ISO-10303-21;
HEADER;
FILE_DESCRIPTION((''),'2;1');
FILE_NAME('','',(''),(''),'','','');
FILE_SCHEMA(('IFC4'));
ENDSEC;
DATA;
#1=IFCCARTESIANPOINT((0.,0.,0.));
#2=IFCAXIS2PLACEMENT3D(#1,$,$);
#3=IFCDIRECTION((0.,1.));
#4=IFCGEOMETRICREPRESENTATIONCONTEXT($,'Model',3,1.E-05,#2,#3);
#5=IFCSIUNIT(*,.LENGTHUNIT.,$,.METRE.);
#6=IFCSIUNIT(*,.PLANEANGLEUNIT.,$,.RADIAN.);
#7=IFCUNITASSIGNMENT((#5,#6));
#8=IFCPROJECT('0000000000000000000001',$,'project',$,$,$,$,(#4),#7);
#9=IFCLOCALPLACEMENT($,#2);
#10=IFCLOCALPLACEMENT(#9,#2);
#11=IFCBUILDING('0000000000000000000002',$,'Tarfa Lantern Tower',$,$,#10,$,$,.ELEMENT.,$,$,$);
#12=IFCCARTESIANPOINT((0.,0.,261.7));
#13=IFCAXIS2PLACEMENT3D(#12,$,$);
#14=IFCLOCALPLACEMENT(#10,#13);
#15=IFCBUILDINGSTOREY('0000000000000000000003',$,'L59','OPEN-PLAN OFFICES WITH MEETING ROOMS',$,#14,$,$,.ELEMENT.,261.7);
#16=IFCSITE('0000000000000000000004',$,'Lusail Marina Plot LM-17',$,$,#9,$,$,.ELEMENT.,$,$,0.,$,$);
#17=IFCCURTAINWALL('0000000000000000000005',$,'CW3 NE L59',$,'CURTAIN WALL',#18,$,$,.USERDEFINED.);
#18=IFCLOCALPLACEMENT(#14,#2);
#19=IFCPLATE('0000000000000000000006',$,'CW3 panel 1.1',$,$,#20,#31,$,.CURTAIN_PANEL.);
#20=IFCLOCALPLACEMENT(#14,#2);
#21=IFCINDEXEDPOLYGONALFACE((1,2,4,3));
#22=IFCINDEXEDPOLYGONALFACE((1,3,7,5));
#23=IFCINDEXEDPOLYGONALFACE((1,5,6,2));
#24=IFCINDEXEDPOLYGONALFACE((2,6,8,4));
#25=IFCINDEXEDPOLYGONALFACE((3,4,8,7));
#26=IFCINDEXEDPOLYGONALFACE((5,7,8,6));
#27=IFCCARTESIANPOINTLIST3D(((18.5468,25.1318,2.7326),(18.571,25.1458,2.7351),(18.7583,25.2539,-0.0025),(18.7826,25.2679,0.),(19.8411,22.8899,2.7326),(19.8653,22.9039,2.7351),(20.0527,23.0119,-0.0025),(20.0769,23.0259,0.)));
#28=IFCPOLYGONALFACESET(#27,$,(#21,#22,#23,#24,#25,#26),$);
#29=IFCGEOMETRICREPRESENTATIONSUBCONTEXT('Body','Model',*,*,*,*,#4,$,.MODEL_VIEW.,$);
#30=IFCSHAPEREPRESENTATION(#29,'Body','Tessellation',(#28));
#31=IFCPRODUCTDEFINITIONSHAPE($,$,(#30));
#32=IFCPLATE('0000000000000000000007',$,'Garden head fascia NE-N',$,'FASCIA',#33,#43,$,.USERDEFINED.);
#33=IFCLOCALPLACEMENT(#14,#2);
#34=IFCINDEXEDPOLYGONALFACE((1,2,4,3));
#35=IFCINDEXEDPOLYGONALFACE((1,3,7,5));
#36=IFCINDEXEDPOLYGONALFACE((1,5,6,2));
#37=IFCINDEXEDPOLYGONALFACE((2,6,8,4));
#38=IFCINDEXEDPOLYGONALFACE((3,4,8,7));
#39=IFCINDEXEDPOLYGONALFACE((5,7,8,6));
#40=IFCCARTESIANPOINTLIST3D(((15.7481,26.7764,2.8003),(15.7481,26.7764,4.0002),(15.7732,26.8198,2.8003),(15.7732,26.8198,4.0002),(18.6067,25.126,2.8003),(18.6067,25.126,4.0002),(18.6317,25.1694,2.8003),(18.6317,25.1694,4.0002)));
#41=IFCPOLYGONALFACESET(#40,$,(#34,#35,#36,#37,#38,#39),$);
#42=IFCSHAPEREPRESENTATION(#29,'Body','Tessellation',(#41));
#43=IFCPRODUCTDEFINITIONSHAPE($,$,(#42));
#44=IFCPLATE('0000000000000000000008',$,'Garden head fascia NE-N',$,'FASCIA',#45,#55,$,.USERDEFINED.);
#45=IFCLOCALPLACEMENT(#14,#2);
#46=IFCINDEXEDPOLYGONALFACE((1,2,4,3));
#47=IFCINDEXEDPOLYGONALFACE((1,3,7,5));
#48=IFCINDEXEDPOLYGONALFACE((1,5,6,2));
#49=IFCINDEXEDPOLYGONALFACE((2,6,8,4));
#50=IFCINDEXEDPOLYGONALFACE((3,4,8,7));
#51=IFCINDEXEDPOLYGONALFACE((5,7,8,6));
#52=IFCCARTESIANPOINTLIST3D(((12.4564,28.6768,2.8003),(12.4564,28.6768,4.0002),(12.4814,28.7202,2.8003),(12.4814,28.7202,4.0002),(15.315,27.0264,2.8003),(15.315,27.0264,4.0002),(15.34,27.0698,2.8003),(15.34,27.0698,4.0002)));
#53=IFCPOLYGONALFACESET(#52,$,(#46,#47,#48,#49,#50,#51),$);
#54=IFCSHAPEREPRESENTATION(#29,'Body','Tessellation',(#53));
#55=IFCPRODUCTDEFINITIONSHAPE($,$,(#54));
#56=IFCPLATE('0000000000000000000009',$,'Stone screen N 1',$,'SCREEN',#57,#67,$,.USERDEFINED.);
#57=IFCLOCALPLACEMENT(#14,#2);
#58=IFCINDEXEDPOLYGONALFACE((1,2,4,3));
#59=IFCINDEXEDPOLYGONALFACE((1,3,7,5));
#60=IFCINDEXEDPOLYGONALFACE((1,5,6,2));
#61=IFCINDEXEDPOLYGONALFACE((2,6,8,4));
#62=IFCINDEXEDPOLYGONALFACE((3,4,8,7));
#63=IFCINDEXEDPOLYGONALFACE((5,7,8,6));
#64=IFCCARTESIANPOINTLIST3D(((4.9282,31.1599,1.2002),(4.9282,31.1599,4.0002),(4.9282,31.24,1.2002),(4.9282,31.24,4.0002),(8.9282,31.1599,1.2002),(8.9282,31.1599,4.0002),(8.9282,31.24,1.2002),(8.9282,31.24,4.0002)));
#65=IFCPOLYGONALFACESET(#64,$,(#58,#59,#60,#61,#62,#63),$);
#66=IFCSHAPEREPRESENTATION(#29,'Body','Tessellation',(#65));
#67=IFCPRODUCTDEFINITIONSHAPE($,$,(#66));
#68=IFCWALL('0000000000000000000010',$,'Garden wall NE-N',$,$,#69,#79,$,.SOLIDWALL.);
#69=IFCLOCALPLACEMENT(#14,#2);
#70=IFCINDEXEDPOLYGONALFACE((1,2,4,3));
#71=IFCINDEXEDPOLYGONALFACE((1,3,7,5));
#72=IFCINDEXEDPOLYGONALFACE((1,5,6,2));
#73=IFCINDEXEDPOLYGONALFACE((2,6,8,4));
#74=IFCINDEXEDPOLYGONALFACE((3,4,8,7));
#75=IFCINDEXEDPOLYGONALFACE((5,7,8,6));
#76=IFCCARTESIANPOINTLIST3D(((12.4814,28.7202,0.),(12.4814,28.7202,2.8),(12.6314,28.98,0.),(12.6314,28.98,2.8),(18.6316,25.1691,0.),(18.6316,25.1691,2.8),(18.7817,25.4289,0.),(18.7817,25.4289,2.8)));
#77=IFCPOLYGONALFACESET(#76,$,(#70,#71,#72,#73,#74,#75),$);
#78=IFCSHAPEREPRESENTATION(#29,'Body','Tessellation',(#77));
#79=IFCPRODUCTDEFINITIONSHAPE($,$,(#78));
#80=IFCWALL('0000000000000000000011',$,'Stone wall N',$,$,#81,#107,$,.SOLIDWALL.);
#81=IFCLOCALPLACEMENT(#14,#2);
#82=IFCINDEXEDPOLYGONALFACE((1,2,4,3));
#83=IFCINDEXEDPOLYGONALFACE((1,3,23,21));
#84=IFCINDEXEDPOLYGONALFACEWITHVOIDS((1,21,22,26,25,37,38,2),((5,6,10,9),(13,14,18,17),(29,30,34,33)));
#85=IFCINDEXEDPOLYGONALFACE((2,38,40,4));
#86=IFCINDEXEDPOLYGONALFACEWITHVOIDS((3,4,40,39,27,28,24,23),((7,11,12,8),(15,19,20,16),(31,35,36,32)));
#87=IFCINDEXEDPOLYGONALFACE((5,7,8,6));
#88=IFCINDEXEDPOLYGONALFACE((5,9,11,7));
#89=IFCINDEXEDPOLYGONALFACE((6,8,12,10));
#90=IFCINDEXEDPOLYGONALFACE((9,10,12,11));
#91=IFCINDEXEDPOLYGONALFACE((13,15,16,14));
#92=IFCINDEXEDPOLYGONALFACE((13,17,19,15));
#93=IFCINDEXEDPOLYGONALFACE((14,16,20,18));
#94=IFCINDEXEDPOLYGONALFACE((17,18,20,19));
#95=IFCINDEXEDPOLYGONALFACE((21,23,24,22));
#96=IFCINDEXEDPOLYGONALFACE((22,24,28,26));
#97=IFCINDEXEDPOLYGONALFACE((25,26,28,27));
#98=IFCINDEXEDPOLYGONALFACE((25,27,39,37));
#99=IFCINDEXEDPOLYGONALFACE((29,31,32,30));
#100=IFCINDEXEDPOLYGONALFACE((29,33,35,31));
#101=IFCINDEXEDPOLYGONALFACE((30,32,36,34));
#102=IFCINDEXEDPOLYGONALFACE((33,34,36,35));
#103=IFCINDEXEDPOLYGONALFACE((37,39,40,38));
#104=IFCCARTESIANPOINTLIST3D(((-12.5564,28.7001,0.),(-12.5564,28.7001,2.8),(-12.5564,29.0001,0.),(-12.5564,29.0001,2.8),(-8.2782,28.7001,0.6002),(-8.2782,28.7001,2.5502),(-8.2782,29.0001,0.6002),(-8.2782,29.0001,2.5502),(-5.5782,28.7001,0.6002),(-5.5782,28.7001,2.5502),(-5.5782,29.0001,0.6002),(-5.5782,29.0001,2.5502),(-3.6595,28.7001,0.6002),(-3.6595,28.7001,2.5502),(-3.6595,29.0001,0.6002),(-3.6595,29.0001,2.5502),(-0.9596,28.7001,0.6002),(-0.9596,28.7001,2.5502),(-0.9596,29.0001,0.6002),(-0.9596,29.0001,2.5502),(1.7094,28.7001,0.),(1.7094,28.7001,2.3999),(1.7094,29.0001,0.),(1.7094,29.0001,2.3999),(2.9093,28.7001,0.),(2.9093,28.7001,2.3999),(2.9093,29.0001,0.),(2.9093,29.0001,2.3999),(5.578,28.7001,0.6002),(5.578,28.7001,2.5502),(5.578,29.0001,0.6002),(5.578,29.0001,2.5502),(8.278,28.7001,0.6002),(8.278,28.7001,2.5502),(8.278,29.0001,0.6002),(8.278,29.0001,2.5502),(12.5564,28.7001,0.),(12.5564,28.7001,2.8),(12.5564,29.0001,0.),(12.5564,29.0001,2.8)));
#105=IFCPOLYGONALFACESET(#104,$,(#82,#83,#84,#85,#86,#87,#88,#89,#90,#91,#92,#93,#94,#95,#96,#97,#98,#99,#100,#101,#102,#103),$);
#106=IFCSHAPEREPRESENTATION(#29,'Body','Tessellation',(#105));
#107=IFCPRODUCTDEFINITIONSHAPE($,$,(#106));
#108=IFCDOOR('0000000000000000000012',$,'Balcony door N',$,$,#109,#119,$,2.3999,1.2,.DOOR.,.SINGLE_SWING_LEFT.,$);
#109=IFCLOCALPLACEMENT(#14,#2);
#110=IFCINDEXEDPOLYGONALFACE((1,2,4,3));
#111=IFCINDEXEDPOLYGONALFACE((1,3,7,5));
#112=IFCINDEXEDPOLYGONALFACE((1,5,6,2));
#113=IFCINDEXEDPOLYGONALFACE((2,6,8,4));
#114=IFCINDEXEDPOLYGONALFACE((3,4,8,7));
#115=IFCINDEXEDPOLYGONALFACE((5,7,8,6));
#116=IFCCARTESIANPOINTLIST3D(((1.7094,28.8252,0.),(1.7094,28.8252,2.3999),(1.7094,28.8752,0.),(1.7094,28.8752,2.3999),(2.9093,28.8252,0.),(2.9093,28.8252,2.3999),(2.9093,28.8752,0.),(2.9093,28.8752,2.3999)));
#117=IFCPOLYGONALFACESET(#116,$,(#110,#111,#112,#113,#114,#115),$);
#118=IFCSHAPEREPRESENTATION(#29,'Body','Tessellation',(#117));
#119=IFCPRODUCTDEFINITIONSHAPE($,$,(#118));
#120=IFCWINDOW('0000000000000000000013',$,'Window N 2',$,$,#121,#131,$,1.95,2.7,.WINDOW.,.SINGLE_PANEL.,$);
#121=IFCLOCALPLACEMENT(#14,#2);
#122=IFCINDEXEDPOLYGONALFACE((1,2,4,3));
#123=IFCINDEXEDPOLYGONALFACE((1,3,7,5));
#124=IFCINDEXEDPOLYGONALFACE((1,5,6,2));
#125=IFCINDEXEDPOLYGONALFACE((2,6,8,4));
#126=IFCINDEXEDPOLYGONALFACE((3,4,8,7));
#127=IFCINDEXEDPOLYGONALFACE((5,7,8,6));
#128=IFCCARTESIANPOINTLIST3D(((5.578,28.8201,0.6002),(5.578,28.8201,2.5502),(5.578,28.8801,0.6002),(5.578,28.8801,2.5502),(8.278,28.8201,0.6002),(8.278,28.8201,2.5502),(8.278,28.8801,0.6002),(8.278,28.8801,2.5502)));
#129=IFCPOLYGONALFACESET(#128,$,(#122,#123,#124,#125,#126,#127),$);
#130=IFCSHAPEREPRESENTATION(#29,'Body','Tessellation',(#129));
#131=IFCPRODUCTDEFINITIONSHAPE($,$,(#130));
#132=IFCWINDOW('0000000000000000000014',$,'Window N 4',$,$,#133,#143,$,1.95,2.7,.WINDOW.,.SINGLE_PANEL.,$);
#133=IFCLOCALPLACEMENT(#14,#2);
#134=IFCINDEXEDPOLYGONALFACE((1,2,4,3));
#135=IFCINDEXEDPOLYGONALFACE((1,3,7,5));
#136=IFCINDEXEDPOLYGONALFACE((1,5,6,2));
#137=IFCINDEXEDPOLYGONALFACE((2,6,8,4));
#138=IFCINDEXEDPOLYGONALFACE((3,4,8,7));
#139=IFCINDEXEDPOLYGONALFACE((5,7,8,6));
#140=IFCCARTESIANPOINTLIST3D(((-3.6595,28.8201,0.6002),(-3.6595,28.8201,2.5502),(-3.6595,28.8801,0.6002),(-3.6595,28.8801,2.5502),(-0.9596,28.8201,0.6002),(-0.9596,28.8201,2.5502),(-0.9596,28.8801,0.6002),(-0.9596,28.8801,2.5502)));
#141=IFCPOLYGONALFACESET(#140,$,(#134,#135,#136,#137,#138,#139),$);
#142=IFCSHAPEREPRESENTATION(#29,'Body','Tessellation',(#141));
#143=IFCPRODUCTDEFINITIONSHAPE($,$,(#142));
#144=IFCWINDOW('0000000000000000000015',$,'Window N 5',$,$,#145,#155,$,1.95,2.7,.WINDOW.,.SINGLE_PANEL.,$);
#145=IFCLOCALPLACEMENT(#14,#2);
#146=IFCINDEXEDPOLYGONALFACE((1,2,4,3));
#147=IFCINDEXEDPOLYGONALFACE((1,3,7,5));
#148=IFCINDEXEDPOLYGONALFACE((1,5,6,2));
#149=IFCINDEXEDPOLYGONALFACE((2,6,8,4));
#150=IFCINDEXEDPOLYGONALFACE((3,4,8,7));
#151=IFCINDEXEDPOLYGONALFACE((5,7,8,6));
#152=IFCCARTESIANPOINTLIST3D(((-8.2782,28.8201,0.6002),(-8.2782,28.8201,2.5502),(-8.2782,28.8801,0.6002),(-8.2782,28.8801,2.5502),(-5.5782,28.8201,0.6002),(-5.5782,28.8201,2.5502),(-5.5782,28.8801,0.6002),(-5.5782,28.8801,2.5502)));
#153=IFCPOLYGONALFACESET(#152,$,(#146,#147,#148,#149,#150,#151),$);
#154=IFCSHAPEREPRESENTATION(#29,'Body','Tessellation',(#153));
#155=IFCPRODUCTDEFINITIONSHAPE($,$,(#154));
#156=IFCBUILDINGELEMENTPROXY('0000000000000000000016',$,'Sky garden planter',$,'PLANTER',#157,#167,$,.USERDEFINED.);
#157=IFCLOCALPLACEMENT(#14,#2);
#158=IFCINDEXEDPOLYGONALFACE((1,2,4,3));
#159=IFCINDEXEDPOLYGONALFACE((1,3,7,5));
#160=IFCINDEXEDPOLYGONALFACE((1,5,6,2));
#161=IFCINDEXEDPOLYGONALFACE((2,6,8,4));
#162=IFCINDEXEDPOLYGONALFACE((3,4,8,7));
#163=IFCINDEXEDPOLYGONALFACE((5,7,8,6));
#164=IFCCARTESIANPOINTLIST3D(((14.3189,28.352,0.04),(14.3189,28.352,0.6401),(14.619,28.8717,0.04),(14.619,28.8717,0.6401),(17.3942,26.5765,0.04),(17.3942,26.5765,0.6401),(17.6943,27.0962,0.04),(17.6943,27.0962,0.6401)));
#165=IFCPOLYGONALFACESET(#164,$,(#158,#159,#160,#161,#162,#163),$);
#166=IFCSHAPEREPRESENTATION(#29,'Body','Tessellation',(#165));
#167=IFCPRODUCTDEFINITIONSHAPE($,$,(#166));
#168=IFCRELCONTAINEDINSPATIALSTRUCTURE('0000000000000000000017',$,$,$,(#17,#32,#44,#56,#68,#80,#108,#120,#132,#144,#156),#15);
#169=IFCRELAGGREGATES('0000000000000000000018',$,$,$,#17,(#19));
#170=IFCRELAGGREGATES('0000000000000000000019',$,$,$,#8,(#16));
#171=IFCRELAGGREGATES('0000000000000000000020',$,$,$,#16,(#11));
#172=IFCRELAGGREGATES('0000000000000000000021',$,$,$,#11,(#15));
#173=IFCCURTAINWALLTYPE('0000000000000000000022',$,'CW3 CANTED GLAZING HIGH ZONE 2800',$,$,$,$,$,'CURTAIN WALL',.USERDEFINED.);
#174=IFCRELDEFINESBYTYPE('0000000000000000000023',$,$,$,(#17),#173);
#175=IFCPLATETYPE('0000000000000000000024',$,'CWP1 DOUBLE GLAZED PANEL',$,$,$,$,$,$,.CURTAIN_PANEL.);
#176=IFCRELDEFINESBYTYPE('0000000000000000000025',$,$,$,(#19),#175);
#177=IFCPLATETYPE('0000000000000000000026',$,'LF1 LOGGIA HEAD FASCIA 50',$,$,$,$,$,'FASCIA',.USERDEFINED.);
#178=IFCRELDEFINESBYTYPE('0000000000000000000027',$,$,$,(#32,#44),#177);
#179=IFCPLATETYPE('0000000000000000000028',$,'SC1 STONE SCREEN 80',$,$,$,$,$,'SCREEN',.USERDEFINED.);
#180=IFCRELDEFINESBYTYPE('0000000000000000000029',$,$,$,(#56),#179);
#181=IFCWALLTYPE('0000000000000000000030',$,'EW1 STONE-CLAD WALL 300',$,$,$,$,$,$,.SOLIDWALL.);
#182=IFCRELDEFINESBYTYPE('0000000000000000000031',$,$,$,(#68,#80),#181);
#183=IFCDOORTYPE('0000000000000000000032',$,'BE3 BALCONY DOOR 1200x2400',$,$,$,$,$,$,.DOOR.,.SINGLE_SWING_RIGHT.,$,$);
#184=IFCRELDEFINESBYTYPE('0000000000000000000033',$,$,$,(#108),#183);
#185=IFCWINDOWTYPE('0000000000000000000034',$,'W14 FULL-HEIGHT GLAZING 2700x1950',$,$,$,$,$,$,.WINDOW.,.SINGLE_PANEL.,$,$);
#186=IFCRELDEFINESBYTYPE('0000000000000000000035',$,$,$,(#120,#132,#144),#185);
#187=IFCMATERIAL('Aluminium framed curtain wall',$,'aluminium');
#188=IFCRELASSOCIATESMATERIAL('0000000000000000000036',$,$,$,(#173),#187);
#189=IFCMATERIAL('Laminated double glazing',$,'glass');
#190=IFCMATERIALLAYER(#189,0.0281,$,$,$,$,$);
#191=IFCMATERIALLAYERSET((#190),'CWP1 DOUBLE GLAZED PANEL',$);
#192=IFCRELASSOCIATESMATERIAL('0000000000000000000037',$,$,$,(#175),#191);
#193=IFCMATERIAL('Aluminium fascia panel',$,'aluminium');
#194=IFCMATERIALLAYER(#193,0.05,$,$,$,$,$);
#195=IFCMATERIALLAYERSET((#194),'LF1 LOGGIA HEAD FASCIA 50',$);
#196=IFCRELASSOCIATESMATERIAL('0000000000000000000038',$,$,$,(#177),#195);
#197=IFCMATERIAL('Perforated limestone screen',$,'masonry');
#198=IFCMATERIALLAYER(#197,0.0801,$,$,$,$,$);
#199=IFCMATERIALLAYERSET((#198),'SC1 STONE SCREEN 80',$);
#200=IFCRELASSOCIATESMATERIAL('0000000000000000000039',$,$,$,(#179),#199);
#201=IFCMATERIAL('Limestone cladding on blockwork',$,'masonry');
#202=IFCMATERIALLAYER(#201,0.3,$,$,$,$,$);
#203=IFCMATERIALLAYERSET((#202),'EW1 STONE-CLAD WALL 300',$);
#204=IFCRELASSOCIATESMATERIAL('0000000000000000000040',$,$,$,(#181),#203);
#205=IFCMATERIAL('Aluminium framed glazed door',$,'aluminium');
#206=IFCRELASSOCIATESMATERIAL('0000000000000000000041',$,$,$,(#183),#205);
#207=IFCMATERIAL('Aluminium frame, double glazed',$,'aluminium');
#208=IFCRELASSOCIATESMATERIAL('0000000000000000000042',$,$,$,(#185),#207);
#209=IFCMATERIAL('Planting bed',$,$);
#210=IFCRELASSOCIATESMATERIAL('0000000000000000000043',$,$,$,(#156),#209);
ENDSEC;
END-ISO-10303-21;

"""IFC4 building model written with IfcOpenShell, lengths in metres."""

from ifc_helpers import new_model, si_unit, direction, frame, frame_2d, origin, origin_2d, place, context, subcontext, project, spatial, polyline, rectangle, outline, extrude, material, layer, layer_set, type_object, element, fill, aggregate, save


model = new_model("IFC4")

# Units and contexts
model_context = context("Model", 3, precision=1e-05, world=origin(), true_north=direction((0.0, 1.0)))
body_context = subcontext(model_context, "Body", "Model", "MODEL_VIEW")
ifc_project = project(units=[si_unit("LENGTHUNIT", "METRE"), si_unit("PLANEANGLEUNIT", "RADIAN")], contexts=[model_context])

# Site, building, storey
site_placement = place(None, origin())
site = spatial("IfcSite", under=ifc_project, at=site_placement, Name="Lusail Marina Plot LM-17", CompositionType="ELEMENT", RefElevation=0.0)
building_placement = place(site_placement, origin())
building = spatial("IfcBuilding", under=site, at=building_placement, Name="Tarfa Lantern Tower", CompositionType="ELEMENT")
storey_placement = place(building_placement, frame((0.0, 0.0, 261.7)))
storey = spatial("IfcBuildingStorey", under=building, at=storey_placement, Name="L59", Description="OPEN-PLAN OFFICES WITH MEETING ROOMS", CompositionType="ELEMENT", Elevation=261.7)

# Curtain wall
ifc_material_1 = material(Name="Aluminium framed curtain wall", Category="aluminium")
curtain_wall_type = type_object("IfcCurtainWallType", Name="CW3 CANTED GLAZING HIGH ZONE 2800", ElementType="CURTAIN WALL", PredefinedType="USERDEFINED", material=ifc_material_1)
curtain_wall_placement = place(storey_placement, origin())
curtain_wall = element("IfcCurtainWall", 1, at=curtain_wall_placement, inside=storey, type_object=curtain_wall_type, Name="CW3 NE L59", ObjectType="CURTAIN WALL", PredefinedType="USERDEFINED")

# Plate
ifc_material_2 = material(Name="Laminated double glazing", Category="glass")
ifc_layer_1 = layer(ifc_material_2, 0.0281)
ifc_layer_set_1 = layer_set([ifc_layer_1], Name="CWP1 DOUBLE GLAZED PANEL")
plate_type_1 = type_object("IfcPlateType", Name="CWP1 DOUBLE GLAZED PANEL", PredefinedType="CURTAIN_PANEL", material=ifc_layer_set_1)
plate_1_placement = place(storey_placement, frame((20.0769, 23.0259, 0.0), z_axis=(0.862605, 0.497997, 0.088945), x_axis=(-0.499979, 0.866038, 0.000004)))
plate_1 = element("IfcPlate", 2, at=plate_1_placement, type_object=plate_type_1, Name="CW3 panel 1.1", PredefinedType="CURTAIN_PANEL", context=body_context, shape_type="SweptSolid", body=[
    extrude(outline(polyline([(0.0, 0.0), (2.5888, 0.0), (2.5888, 2.746), (0.0001, 2.746), (0.0, 0.0)])), origin(), (0.0, 0.0, -1.0), 0.0281),
])
aggregate(curtain_wall, [plate_1])

# Plates
ifc_material_3 = material(Name="Aluminium fascia panel", Category="aluminium")
ifc_layer_2 = layer(ifc_material_3, 0.05)
ifc_layer_set_2 = layer_set([ifc_layer_2], Name="LF1 LOGGIA HEAD FASCIA 50")
plate_type_2 = type_object("IfcPlateType", Name="LF1 LOGGIA HEAD FASCIA 50", ElementType="FASCIA", PredefinedType="USERDEFINED", material=ifc_layer_set_2)
for number, where, z_axis, x_axis, name in (
    (3, (17.1899, 25.9729, 2.8003), (0.0, 0.0, 1.0), (-0.866025, 0.5, 0.0), "Garden head fascia NE-N"),
    (4, (13.8982, 27.8733, 2.8003), (0.0, 0.0, 1.0), (-0.866025, 0.5, 0.0), "Garden head fascia NE-N"),
):
    element("IfcPlate", number, at=place(storey_placement, frame(where, z_axis=z_axis, x_axis=x_axis)), inside=storey, type_object=plate_type_2, Name=name, ObjectType="FASCIA", PredefinedType="USERDEFINED", context=body_context, shape_type="SweptSolid", body=[
        extrude(rectangle(XDim=3.3008, YDim=0.05, at=origin_2d()), origin(), (0.0, 0.0, 1.0), 1.2),
    ])
ifc_material_4 = material(Name="Perforated limestone screen", Category="masonry")
ifc_layer_3 = layer(ifc_material_4, 0.0801)
ifc_layer_set_3 = layer_set([ifc_layer_3], Name="SC1 STONE SCREEN 80")
plate_type_3 = type_object("IfcPlateType", Name="SC1 STONE SCREEN 80", ElementType="SCREEN", PredefinedType="USERDEFINED", material=ifc_layer_set_3)
plate_2_placement = place(storey_placement, frame((6.9282, 31.2, 1.2002), z_axis=(0.0, 0.0, 1.0), x_axis=(-1.0, 0.0, 0.0)))
element("IfcPlate", 5, at=plate_2_placement, inside=storey, type_object=plate_type_3, Name="Stone screen N 1", ObjectType="SCREEN", PredefinedType="USERDEFINED", context=body_context, shape_type="SweptSolid", body=[
    extrude(rectangle(XDim=4.0, YDim=0.0801, at=origin_2d()), origin(), (0.0, 0.0, 1.0), 2.8),
])

# Wall
ifc_material_5 = material(Name="Limestone cladding on blockwork", Category="masonry")
ifc_layer_4 = layer(ifc_material_5, 0.3)
ifc_layer_set_4 = layer_set([ifc_layer_4], Name="EW1 STONE-CLAD WALL 300")
wall_type = type_object("IfcWallType", Name="EW1 STONE-CLAD WALL 300", PredefinedType="SOLIDWALL", material=ifc_layer_set_4)
wall_1_placement = place(storey_placement, frame((18.7065, 25.2991, 0.0), z_axis=(0.0, 0.0, 1.0), x_axis=(-0.866011, 0.500025, 0.0)))
element("IfcWall", 6, at=wall_1_placement, inside=storey, type_object=wall_type, Name="Garden wall NE-N", PredefinedType="SOLIDWALL", context=body_context, shape_type="SweptSolid", body=[
    extrude(rectangle(XDim=7.1018, YDim=0.3, at=frame_2d((3.5508, 0.0))), origin(), (0.0, 0.0, 1.0), 2.8),
])

# Wall, openings, door, windows
wall_2_placement = place(storey_placement, frame((12.5564, 28.8501, 0.0), z_axis=(0.0, 0.0, 1.0), x_axis=(-1.0, 0.0, 0.0)))
wall_2 = element("IfcWall", 7, at=wall_2_placement, inside=storey, type_object=wall_type, Name="Stone wall N", PredefinedType="SOLIDWALL", context=body_context, shape_type="SweptSolid", body=[
    extrude(rectangle(XDim=25.1128, YDim=0.3, at=frame_2d((12.5564, 0.0))), origin(), (0.0, 0.0, 1.0), 2.8),
])
opening_1_placement = place(wall_2_placement, frame((4.2783, 0.0, 0.6001)))
opening_1 = element("IfcOpeningElement", 8, at=opening_1_placement, cuts=wall_2, PredefinedType="OPENING", context=body_context, shape_type="SweptSolid", body=[
    extrude(rectangle(XDim=2.7, YDim=1.95, at=frame_2d((1.3501, 0.9751))), frame((0.0, 0.1599, 0.0), z_axis=(0.0, -1.0, 0.0), x_axis=(1.0, 0.0, 0.0)), (0.0, 0.0, 1.0), 0.3201),
])
opening_2_placement = place(wall_2_placement, frame((9.647, 0.0, 0.0)))
opening_2 = element("IfcOpeningElement", 9, at=opening_2_placement, cuts=wall_2, PredefinedType="OPENING", context=body_context, shape_type="SweptSolid", body=[
    extrude(rectangle(XDim=1.2, YDim=2.3999, at=frame_2d((0.6001, 1.2))), frame((0.0, 0.1599, 0.0), z_axis=(0.0, -1.0, 0.0), x_axis=(1.0, 0.0, 0.0)), (0.0, 0.0, 1.0), 0.3201),
])
opening_3_placement = place(wall_2_placement, frame((13.5159, 0.0, 0.6001)))
opening_3 = element("IfcOpeningElement", 10, at=opening_3_placement, cuts=wall_2, PredefinedType="OPENING", context=body_context, shape_type="SweptSolid", body=[
    extrude(rectangle(XDim=2.7, YDim=1.95, at=frame_2d((1.3501, 0.9751))), frame((0.0, 0.1599, 0.0), z_axis=(0.0, -1.0, 0.0), x_axis=(1.0, 0.0, 0.0)), (0.0, 0.0, 1.0), 0.3201),
])
opening_4_placement = place(wall_2_placement, frame((18.1345, 0.0, 0.6001)))
opening_4 = element("IfcOpeningElement", 11, at=opening_4_placement, cuts=wall_2, PredefinedType="OPENING", context=body_context, shape_type="SweptSolid", body=[
    extrude(rectangle(XDim=2.7, YDim=1.95, at=frame_2d((1.3501, 0.9751))), frame((0.0, 0.1599, 0.0), z_axis=(0.0, -1.0, 0.0), x_axis=(1.0, 0.0, 0.0)), (0.0, 0.0, 1.0), 0.3201),
])
ifc_material_6 = material(Name="Aluminium framed glazed door", Category="aluminium")
door_type = type_object("IfcDoorType", Name="BE3 BALCONY DOOR 1200x2400", OperationType="SINGLE_SWING_RIGHT", PredefinedType="DOOR", material=ifc_material_6)
door_placement = place(opening_2_placement, origin())
door = element("IfcDoor", 12, at=door_placement, inside=storey, type_object=door_type, Name="Balcony door N", OperationType="SINGLE_SWING_LEFT", OverallHeight=2.3999, OverallWidth=1.2, PredefinedType="DOOR", context=body_context, shape_type="SweptSolid", body=[
    extrude(rectangle(XDim=1.2, YDim=2.3999, at=frame_2d((0.6001, 1.2))), frame((0.0, 0.0249, 0.0), z_axis=(0.0, -1.0, 0.0), x_axis=(1.0, 0.0, 0.0)), (0.0, 0.0, 1.0), 0.05),
])
fill(opening_2, door)
ifc_material_7 = material(Name="Aluminium frame, double glazed", Category="aluminium")
window_type = type_object("IfcWindowType", Name="W14 FULL-HEIGHT GLAZING 2700x1950", PartitioningType="SINGLE_PANEL", PredefinedType="WINDOW", material=ifc_material_7)
window_1_placement = place(opening_1_placement, origin())
window_1 = element("IfcWindow", 13, at=window_1_placement, inside=storey, type_object=window_type, Name="Window N 2", OverallHeight=1.95, OverallWidth=2.7, PartitioningType="SINGLE_PANEL", PredefinedType="WINDOW", context=body_context, shape_type="SweptSolid", body=[
    extrude(rectangle(XDim=2.7, YDim=1.95, at=frame_2d((1.3501, 0.9751))), frame((0.0, 0.03, 0.0), z_axis=(0.0, -1.0, 0.0), x_axis=(1.0, 0.0, 0.0)), (0.0, 0.0, 1.0), 0.0601),
])
fill(opening_1, window_1)
window_2_placement = place(opening_3_placement, origin())
window_2 = element("IfcWindow", 14, at=window_2_placement, inside=storey, type_object=window_type, Name="Window N 4", OverallHeight=1.95, OverallWidth=2.7, PartitioningType="SINGLE_PANEL", PredefinedType="WINDOW", context=body_context, shape_type="SweptSolid", body=[
    extrude(rectangle(XDim=2.7, YDim=1.95, at=frame_2d((1.3501, 0.9751))), frame((0.0, 0.03, 0.0), z_axis=(0.0, -1.0, 0.0), x_axis=(1.0, 0.0, 0.0)), (0.0, 0.0, 1.0), 0.0601),
])
fill(opening_3, window_2)
window_3_placement = place(opening_4_placement, origin())
window_3 = element("IfcWindow", 15, at=window_3_placement, inside=storey, type_object=window_type, Name="Window N 5", OverallHeight=1.95, OverallWidth=2.7, PartitioningType="SINGLE_PANEL", PredefinedType="WINDOW", context=body_context, shape_type="SweptSolid", body=[
    extrude(rectangle(XDim=2.7, YDim=1.95, at=frame_2d((1.3501, 0.9751))), frame((0.0, 0.03, 0.0), z_axis=(0.0, -1.0, 0.0), x_axis=(1.0, 0.0, 0.0)), (0.0, 0.0, 1.0), 0.0601),
])
fill(opening_4, window_3)

# Building element proxy
ifc_material_8 = material(Name="Planting bed")
proxy_placement = place(storey_placement, frame((16.0066, 27.7241, 0.04), z_axis=(0.0, 0.0, 1.0), x_axis=(-0.866025, 0.5, 0.0)))
element("IfcBuildingElementProxy", 16, at=proxy_placement, inside=storey, material=ifc_material_8, Name="Sky garden planter", ObjectType="PLANTER", PredefinedType="USERDEFINED", context=body_context, shape_type="SweptSolid", body=[
    extrude(rectangle(XDim=3.551, YDim=0.6001, at=origin_2d()), origin(), (0.0, 0.0, 1.0), 0.6001),
])

save(model, "model.ifc")
